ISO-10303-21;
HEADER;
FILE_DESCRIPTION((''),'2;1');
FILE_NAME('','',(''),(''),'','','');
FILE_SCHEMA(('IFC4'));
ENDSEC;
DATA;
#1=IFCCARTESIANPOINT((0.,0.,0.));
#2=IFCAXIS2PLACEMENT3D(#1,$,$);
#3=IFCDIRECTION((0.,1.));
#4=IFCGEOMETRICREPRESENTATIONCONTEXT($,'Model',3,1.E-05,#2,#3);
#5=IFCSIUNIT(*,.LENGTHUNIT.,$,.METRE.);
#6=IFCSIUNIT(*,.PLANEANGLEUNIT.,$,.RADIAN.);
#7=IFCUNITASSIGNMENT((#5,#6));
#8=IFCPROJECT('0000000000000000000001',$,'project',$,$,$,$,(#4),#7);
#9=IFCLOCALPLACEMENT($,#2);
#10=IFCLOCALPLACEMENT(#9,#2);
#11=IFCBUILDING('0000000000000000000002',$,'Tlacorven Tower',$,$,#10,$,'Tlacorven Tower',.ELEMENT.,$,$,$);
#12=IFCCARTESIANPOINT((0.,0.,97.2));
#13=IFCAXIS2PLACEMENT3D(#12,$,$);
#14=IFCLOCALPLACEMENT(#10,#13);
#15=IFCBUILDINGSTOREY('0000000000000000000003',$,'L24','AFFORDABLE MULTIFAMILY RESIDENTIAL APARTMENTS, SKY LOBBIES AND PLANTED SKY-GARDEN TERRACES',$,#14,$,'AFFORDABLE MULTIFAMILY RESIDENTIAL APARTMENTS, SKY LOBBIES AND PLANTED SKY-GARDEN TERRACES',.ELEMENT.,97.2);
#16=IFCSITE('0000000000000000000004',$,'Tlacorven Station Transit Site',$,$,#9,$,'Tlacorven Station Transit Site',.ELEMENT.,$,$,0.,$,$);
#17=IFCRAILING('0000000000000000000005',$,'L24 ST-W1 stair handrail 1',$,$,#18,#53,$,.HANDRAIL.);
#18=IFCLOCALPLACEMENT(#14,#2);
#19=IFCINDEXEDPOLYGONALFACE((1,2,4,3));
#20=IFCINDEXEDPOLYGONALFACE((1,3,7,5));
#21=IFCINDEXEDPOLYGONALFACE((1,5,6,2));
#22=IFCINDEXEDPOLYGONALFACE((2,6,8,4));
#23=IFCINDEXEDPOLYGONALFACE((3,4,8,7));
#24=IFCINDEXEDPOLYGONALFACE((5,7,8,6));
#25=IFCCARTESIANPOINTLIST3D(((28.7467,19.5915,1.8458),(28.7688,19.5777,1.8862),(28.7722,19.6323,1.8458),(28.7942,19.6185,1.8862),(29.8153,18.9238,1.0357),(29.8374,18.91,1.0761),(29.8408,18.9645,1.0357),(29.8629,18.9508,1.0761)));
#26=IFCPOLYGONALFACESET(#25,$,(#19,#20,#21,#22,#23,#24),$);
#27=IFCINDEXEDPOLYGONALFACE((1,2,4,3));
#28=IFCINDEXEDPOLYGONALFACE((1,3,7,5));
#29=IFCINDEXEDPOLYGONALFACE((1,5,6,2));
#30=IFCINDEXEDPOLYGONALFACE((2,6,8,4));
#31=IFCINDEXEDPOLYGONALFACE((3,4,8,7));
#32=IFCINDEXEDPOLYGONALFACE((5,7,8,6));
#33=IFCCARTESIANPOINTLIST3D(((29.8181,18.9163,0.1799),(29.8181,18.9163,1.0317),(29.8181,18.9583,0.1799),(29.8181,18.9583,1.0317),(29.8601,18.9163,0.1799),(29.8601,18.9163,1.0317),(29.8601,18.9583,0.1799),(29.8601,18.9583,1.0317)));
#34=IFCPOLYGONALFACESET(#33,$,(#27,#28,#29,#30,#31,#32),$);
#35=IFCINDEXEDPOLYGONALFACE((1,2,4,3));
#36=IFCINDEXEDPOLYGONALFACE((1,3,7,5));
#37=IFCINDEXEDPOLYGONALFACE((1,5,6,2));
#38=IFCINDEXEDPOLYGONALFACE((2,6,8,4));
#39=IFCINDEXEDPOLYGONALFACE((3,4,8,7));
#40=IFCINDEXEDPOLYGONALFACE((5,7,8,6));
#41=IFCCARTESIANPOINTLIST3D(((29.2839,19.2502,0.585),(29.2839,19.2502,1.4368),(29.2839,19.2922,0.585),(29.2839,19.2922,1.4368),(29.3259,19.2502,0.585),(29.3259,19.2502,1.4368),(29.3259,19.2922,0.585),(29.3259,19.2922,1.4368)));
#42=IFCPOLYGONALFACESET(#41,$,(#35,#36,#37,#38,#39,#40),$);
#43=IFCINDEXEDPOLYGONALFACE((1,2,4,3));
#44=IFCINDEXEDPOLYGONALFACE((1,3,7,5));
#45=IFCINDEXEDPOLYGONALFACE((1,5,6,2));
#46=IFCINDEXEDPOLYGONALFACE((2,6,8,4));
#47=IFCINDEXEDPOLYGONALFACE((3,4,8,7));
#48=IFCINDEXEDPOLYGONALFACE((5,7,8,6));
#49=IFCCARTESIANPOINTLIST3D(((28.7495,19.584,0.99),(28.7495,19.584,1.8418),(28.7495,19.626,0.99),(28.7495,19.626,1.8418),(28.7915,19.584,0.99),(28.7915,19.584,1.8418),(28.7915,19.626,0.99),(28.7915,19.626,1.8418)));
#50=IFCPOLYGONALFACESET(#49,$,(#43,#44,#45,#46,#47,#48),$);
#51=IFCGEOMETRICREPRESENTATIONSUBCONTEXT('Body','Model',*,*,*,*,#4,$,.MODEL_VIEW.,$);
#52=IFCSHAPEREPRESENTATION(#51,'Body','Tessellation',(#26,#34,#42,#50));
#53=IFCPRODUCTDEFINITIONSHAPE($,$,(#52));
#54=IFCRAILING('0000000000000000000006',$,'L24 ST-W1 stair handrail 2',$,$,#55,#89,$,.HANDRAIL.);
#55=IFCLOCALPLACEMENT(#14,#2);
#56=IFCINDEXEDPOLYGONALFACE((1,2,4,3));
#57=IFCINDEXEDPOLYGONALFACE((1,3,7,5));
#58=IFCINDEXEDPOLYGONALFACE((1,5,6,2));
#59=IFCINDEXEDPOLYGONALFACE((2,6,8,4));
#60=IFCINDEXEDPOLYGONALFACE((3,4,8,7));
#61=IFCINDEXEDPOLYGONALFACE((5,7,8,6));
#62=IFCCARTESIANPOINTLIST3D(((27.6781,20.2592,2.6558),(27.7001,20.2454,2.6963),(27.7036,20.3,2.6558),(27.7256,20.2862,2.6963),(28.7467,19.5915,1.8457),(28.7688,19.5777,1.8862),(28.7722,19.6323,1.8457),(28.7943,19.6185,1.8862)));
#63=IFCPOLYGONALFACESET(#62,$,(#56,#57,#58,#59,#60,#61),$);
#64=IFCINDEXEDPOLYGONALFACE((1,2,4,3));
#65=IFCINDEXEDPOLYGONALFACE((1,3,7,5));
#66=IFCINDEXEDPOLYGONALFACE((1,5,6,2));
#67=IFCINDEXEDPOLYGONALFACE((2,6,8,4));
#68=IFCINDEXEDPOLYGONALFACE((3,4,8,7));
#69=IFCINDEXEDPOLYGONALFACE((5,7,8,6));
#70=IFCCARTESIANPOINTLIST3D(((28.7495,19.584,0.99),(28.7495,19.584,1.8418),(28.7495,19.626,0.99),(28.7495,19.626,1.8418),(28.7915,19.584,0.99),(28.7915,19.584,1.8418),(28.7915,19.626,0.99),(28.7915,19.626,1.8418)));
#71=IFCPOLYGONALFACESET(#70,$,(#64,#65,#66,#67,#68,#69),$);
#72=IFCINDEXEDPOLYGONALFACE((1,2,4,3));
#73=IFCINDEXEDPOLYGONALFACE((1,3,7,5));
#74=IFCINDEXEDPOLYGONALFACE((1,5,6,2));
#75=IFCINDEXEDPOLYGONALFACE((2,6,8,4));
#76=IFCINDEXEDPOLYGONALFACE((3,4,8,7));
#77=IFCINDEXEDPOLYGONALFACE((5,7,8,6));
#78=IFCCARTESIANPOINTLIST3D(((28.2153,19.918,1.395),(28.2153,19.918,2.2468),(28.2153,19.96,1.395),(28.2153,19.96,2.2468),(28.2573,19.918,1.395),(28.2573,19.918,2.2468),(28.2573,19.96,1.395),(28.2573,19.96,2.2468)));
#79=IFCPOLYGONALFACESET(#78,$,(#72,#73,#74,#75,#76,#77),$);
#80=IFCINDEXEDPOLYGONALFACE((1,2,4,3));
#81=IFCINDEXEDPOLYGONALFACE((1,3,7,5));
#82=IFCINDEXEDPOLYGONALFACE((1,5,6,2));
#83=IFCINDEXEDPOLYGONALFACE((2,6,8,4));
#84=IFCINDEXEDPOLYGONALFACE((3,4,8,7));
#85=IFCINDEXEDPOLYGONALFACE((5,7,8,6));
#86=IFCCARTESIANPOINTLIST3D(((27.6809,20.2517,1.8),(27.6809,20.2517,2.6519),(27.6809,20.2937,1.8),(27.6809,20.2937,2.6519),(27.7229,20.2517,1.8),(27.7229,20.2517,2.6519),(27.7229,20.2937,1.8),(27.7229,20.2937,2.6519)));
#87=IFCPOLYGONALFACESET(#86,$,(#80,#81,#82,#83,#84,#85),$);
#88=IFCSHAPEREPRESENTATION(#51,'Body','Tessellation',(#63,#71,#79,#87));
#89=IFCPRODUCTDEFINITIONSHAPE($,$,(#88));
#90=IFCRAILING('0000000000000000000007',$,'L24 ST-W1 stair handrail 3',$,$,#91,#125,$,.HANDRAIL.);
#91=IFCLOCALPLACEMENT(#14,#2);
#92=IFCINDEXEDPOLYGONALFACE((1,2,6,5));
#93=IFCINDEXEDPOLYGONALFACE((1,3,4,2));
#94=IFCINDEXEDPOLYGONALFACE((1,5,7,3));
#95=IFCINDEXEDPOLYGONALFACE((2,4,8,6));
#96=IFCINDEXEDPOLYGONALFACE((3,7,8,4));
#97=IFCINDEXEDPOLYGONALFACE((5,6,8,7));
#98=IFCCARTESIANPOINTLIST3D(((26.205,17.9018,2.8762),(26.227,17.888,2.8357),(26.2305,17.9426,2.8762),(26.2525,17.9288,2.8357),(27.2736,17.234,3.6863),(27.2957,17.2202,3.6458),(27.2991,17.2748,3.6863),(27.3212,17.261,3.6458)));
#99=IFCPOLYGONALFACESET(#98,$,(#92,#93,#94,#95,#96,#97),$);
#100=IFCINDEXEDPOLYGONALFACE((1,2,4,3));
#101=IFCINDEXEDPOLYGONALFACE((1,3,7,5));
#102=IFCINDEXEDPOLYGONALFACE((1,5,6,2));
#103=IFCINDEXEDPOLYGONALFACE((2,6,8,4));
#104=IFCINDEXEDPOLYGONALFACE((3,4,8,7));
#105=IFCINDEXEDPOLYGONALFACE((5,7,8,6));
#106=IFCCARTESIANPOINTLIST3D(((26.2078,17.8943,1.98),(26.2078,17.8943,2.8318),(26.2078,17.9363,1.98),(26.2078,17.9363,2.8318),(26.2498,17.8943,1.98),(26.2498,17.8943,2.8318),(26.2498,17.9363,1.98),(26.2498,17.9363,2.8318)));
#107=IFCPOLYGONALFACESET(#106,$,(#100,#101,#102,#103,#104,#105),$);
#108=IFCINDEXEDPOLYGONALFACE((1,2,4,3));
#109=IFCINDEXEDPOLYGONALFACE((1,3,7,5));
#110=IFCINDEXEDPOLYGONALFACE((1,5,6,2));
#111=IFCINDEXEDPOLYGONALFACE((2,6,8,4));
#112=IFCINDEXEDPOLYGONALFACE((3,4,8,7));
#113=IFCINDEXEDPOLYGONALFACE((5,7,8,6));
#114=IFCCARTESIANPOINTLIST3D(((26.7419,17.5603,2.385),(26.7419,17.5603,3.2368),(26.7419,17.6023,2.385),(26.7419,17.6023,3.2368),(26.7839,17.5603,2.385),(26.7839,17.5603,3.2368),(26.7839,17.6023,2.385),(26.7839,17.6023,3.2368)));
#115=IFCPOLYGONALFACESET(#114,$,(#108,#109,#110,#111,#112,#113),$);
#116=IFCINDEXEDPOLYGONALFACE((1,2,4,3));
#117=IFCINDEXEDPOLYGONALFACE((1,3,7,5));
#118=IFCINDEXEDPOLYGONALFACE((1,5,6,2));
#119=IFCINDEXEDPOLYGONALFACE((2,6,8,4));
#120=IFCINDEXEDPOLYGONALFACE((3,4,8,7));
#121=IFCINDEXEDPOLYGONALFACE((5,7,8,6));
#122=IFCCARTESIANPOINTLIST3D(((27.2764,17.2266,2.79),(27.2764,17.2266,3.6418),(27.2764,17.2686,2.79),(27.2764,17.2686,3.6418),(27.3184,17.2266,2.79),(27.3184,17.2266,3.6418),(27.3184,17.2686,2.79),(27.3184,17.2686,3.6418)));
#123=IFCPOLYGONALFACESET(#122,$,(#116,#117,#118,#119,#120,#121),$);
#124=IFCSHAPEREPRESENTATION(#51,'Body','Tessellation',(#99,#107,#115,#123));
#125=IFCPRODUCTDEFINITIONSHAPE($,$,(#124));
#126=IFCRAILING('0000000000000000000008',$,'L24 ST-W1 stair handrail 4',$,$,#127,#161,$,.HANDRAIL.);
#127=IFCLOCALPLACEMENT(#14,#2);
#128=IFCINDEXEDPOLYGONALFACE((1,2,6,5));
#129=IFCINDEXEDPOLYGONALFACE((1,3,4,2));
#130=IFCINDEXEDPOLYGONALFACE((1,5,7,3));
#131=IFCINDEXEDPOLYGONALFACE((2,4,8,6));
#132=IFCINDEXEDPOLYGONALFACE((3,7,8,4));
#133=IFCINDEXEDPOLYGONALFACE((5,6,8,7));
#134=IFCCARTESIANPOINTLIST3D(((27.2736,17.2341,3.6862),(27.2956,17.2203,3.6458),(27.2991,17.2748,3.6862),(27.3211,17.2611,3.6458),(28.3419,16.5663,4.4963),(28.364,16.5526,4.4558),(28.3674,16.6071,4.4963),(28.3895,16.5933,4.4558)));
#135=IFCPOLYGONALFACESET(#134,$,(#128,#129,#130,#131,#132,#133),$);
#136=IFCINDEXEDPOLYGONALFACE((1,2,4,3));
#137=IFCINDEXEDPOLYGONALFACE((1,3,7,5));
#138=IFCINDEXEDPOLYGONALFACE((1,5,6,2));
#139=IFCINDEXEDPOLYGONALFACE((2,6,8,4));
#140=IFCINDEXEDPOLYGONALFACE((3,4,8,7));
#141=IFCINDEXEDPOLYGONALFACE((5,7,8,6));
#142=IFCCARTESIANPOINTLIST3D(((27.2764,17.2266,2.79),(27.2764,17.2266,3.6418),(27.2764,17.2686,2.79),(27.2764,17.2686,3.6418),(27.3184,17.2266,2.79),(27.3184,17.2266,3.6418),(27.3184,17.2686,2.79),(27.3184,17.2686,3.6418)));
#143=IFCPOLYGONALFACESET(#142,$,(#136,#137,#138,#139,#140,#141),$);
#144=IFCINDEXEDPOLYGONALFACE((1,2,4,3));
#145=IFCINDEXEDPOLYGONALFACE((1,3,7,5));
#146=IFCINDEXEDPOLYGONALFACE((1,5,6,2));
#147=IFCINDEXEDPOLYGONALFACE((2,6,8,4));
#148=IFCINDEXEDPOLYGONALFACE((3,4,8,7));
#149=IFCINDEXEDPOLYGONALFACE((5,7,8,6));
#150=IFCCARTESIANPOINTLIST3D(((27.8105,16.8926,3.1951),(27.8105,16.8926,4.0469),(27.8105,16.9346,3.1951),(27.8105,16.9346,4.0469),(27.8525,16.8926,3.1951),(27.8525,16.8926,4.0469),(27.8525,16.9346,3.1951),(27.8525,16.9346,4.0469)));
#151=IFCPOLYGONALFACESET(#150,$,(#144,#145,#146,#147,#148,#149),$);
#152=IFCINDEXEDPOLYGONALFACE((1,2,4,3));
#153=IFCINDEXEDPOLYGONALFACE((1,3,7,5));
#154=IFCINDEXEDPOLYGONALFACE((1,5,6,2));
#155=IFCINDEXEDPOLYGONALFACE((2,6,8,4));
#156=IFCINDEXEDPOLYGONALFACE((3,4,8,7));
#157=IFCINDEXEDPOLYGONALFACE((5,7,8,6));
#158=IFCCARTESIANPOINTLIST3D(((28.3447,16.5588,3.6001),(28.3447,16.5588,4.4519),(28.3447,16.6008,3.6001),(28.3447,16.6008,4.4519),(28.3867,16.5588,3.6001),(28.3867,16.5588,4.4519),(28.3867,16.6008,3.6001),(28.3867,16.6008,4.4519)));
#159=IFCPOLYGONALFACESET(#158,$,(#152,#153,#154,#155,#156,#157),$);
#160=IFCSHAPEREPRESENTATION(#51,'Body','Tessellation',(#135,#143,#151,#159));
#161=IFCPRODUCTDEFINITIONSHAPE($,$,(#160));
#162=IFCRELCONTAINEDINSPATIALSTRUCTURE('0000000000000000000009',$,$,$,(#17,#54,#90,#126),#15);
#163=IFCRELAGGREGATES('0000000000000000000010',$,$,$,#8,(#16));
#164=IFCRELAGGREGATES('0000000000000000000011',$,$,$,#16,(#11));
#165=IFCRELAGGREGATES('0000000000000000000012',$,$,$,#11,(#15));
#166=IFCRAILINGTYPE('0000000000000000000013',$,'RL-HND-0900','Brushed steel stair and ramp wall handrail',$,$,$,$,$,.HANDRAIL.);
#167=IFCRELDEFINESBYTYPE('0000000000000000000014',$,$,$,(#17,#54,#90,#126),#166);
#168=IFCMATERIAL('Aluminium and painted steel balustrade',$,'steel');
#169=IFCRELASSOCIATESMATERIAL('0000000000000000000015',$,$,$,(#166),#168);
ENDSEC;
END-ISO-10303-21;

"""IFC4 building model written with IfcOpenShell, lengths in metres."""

from ifc_helpers import new_model, si_unit, direction, frame, origin, origin_2d, place, context, subcontext, project, spatial, rectangle, extrude, source, transform, mapped, material, type_object, element, save


model = new_model("IFC4")

# Units and contexts
model_context = context("Model", 3, precision=1e-05, world=origin(), true_north=direction((0.0, 1.0)))
body_context = subcontext(model_context, "Body", "Model", "MODEL_VIEW")
ifc_project = project(units=[si_unit("LENGTHUNIT", "METRE"), si_unit("PLANEANGLEUNIT", "RADIAN")], contexts=[model_context])

# Site, building, storey
site_placement = place(None, origin())
site = spatial("IfcSite", under=ifc_project, at=site_placement, Name="Tlacorven Station Transit Site", LongName="Tlacorven Station Transit Site", CompositionType="ELEMENT", RefElevation=0.0)
building_placement = place(site_placement, origin())
building = spatial("IfcBuilding", under=site, at=building_placement, Name="Tlacorven Tower", LongName="Tlacorven Tower", CompositionType="ELEMENT")
storey_placement = place(building_placement, frame((0.0, 0.0, 97.2)))
storey = spatial("IfcBuildingStorey", under=building, at=storey_placement, Name="L24", Description="AFFORDABLE MULTIFAMILY RESIDENTIAL APARTMENTS, SKY LOBBIES AND PLANTED SKY-GARDEN TERRACES", LongName="AFFORDABLE MULTIFAMILY RESIDENTIAL APARTMENTS, SKY LOBBIES AND PLANTED SKY-GARDEN TERRACES", CompositionType="ELEMENT", Elevation=97.2)

# Railings
ifc_material_1 = material(Name="Aluminium and painted steel balustrade", Category="steel")
railing_type_1 = type_object("IfcRailingType", Name="RL-HND-0900", Description="Brushed steel stair and ramp wall handrail", PredefinedType="HANDRAIL", material=ifc_material_1)
shared_shape_1 = source(origin(), body_context, "Body", "SweptSolid", [
    extrude(rectangle(XDim=0.0481, YDim=0.0481, at=origin_2d()), frame((0.0, 0.0, 0.876), z_axis=(-0.71336, 0.445748, 0.540765), x_axis=(-0.529912, -0.848053, 0.0)), (0.0, 0.0, 1.0), 1.498),
    extrude(rectangle(XDim=0.042, YDim=0.042, at=origin_2d()), origin(), (0.0, 0.0, 1.0), 0.8518),
    extrude(rectangle(XDim=0.042, YDim=0.042, at=origin_2d()), frame((-0.5342, 0.334, 0.405)), (0.0, 0.0, 1.0), 0.8518),
    extrude(rectangle(XDim=0.042, YDim=0.042, at=origin_2d()), frame((-1.0686, 0.6677, 0.8101)), (0.0, 0.0, 1.0), 0.8518),
])
for number, where, name in (
    (1, (29.8391, 18.9373, 0.1799), "L24 ST-W1 stair handrail 1"),
    (2, (28.7705, 19.605, 0.99), "L24 ST-W1 stair handrail 2"),
):
    element("IfcRailing", number, at=place(storey_placement, frame(where)), inside=storey, type_object=railing_type_1, Name=name, PredefinedType="HANDRAIL", context=body_context, shape_type="MappedRepresentation", body=[
        mapped(shared_shape_1, transform((0.0, 0.0, 0.0), scale=1.0)),
    ])
shared_shape_2 = source(origin(), body_context, "Body", "SweptSolid", [
    extrude(rectangle(XDim=0.0481, YDim=0.0481, at=origin_2d()), frame((0.0, 0.0, 0.876), z_axis=(0.71336, -0.445748, 0.540765), x_axis=(0.529912, 0.848053, 0.0)), (0.0, 0.0, 1.0), 1.498),
    extrude(rectangle(XDim=0.042, YDim=0.042, at=origin_2d()), origin(), (0.0, 0.0, 1.0), 0.8518),
    extrude(rectangle(XDim=0.042, YDim=0.042, at=origin_2d()), frame((0.5342, -0.334, 0.405)), (0.0, 0.0, 1.0), 0.8518),
    extrude(rectangle(XDim=0.042, YDim=0.042, at=origin_2d()), frame((1.0686, -0.6677, 0.8101)), (0.0, 0.0, 1.0), 0.8518),
])
railing_1_placement = place(storey_placement, frame((26.2288, 17.9153, 1.98)))
element("IfcRailing", 3, at=railing_1_placement, inside=storey, type_object=railing_type_1, Name="L24 ST-W1 stair handrail 3", PredefinedType="HANDRAIL", context=body_context, shape_type="MappedRepresentation", body=[
    mapped(shared_shape_2, transform((0.0, 0.0, 0.0), scale=1.0)),
])
shared_shape_3 = source(origin(), body_context, "Body", "SweptSolid", [
    extrude(rectangle(XDim=0.0481, YDim=0.0481, at=origin_2d()), frame((0.0, 0.0, 0.876), z_axis=(0.71328, -0.4458, 0.540828), x_axis=(0.529999, 0.847998, 0.0)), (0.0, 0.0, 1.0), 1.4978),
    extrude(rectangle(XDim=0.042, YDim=0.042, at=origin_2d()), origin(), (0.0, 0.0, 1.0), 0.8518),
    extrude(rectangle(XDim=0.042, YDim=0.042, at=origin_2d()), frame((0.5342, -0.334, 0.405)), (0.0, 0.0, 1.0), 0.8518),
    extrude(rectangle(XDim=0.042, YDim=0.042, at=origin_2d()), frame((1.0684, -0.6677, 0.8101)), (0.0, 0.0, 1.0), 0.8518),
])
railing_2_placement = place(storey_placement, frame((27.2974, 17.2476, 2.79)))
element("IfcRailing", 4, at=railing_2_placement, inside=storey, type_object=railing_type_1, Name="L24 ST-W1 stair handrail 4", PredefinedType="HANDRAIL", context=body_context, shape_type="MappedRepresentation", body=[
    mapped(shared_shape_3, transform((0.0, 0.0, 0.0), scale=1.0)),
])

save(model, "model.ifc")
